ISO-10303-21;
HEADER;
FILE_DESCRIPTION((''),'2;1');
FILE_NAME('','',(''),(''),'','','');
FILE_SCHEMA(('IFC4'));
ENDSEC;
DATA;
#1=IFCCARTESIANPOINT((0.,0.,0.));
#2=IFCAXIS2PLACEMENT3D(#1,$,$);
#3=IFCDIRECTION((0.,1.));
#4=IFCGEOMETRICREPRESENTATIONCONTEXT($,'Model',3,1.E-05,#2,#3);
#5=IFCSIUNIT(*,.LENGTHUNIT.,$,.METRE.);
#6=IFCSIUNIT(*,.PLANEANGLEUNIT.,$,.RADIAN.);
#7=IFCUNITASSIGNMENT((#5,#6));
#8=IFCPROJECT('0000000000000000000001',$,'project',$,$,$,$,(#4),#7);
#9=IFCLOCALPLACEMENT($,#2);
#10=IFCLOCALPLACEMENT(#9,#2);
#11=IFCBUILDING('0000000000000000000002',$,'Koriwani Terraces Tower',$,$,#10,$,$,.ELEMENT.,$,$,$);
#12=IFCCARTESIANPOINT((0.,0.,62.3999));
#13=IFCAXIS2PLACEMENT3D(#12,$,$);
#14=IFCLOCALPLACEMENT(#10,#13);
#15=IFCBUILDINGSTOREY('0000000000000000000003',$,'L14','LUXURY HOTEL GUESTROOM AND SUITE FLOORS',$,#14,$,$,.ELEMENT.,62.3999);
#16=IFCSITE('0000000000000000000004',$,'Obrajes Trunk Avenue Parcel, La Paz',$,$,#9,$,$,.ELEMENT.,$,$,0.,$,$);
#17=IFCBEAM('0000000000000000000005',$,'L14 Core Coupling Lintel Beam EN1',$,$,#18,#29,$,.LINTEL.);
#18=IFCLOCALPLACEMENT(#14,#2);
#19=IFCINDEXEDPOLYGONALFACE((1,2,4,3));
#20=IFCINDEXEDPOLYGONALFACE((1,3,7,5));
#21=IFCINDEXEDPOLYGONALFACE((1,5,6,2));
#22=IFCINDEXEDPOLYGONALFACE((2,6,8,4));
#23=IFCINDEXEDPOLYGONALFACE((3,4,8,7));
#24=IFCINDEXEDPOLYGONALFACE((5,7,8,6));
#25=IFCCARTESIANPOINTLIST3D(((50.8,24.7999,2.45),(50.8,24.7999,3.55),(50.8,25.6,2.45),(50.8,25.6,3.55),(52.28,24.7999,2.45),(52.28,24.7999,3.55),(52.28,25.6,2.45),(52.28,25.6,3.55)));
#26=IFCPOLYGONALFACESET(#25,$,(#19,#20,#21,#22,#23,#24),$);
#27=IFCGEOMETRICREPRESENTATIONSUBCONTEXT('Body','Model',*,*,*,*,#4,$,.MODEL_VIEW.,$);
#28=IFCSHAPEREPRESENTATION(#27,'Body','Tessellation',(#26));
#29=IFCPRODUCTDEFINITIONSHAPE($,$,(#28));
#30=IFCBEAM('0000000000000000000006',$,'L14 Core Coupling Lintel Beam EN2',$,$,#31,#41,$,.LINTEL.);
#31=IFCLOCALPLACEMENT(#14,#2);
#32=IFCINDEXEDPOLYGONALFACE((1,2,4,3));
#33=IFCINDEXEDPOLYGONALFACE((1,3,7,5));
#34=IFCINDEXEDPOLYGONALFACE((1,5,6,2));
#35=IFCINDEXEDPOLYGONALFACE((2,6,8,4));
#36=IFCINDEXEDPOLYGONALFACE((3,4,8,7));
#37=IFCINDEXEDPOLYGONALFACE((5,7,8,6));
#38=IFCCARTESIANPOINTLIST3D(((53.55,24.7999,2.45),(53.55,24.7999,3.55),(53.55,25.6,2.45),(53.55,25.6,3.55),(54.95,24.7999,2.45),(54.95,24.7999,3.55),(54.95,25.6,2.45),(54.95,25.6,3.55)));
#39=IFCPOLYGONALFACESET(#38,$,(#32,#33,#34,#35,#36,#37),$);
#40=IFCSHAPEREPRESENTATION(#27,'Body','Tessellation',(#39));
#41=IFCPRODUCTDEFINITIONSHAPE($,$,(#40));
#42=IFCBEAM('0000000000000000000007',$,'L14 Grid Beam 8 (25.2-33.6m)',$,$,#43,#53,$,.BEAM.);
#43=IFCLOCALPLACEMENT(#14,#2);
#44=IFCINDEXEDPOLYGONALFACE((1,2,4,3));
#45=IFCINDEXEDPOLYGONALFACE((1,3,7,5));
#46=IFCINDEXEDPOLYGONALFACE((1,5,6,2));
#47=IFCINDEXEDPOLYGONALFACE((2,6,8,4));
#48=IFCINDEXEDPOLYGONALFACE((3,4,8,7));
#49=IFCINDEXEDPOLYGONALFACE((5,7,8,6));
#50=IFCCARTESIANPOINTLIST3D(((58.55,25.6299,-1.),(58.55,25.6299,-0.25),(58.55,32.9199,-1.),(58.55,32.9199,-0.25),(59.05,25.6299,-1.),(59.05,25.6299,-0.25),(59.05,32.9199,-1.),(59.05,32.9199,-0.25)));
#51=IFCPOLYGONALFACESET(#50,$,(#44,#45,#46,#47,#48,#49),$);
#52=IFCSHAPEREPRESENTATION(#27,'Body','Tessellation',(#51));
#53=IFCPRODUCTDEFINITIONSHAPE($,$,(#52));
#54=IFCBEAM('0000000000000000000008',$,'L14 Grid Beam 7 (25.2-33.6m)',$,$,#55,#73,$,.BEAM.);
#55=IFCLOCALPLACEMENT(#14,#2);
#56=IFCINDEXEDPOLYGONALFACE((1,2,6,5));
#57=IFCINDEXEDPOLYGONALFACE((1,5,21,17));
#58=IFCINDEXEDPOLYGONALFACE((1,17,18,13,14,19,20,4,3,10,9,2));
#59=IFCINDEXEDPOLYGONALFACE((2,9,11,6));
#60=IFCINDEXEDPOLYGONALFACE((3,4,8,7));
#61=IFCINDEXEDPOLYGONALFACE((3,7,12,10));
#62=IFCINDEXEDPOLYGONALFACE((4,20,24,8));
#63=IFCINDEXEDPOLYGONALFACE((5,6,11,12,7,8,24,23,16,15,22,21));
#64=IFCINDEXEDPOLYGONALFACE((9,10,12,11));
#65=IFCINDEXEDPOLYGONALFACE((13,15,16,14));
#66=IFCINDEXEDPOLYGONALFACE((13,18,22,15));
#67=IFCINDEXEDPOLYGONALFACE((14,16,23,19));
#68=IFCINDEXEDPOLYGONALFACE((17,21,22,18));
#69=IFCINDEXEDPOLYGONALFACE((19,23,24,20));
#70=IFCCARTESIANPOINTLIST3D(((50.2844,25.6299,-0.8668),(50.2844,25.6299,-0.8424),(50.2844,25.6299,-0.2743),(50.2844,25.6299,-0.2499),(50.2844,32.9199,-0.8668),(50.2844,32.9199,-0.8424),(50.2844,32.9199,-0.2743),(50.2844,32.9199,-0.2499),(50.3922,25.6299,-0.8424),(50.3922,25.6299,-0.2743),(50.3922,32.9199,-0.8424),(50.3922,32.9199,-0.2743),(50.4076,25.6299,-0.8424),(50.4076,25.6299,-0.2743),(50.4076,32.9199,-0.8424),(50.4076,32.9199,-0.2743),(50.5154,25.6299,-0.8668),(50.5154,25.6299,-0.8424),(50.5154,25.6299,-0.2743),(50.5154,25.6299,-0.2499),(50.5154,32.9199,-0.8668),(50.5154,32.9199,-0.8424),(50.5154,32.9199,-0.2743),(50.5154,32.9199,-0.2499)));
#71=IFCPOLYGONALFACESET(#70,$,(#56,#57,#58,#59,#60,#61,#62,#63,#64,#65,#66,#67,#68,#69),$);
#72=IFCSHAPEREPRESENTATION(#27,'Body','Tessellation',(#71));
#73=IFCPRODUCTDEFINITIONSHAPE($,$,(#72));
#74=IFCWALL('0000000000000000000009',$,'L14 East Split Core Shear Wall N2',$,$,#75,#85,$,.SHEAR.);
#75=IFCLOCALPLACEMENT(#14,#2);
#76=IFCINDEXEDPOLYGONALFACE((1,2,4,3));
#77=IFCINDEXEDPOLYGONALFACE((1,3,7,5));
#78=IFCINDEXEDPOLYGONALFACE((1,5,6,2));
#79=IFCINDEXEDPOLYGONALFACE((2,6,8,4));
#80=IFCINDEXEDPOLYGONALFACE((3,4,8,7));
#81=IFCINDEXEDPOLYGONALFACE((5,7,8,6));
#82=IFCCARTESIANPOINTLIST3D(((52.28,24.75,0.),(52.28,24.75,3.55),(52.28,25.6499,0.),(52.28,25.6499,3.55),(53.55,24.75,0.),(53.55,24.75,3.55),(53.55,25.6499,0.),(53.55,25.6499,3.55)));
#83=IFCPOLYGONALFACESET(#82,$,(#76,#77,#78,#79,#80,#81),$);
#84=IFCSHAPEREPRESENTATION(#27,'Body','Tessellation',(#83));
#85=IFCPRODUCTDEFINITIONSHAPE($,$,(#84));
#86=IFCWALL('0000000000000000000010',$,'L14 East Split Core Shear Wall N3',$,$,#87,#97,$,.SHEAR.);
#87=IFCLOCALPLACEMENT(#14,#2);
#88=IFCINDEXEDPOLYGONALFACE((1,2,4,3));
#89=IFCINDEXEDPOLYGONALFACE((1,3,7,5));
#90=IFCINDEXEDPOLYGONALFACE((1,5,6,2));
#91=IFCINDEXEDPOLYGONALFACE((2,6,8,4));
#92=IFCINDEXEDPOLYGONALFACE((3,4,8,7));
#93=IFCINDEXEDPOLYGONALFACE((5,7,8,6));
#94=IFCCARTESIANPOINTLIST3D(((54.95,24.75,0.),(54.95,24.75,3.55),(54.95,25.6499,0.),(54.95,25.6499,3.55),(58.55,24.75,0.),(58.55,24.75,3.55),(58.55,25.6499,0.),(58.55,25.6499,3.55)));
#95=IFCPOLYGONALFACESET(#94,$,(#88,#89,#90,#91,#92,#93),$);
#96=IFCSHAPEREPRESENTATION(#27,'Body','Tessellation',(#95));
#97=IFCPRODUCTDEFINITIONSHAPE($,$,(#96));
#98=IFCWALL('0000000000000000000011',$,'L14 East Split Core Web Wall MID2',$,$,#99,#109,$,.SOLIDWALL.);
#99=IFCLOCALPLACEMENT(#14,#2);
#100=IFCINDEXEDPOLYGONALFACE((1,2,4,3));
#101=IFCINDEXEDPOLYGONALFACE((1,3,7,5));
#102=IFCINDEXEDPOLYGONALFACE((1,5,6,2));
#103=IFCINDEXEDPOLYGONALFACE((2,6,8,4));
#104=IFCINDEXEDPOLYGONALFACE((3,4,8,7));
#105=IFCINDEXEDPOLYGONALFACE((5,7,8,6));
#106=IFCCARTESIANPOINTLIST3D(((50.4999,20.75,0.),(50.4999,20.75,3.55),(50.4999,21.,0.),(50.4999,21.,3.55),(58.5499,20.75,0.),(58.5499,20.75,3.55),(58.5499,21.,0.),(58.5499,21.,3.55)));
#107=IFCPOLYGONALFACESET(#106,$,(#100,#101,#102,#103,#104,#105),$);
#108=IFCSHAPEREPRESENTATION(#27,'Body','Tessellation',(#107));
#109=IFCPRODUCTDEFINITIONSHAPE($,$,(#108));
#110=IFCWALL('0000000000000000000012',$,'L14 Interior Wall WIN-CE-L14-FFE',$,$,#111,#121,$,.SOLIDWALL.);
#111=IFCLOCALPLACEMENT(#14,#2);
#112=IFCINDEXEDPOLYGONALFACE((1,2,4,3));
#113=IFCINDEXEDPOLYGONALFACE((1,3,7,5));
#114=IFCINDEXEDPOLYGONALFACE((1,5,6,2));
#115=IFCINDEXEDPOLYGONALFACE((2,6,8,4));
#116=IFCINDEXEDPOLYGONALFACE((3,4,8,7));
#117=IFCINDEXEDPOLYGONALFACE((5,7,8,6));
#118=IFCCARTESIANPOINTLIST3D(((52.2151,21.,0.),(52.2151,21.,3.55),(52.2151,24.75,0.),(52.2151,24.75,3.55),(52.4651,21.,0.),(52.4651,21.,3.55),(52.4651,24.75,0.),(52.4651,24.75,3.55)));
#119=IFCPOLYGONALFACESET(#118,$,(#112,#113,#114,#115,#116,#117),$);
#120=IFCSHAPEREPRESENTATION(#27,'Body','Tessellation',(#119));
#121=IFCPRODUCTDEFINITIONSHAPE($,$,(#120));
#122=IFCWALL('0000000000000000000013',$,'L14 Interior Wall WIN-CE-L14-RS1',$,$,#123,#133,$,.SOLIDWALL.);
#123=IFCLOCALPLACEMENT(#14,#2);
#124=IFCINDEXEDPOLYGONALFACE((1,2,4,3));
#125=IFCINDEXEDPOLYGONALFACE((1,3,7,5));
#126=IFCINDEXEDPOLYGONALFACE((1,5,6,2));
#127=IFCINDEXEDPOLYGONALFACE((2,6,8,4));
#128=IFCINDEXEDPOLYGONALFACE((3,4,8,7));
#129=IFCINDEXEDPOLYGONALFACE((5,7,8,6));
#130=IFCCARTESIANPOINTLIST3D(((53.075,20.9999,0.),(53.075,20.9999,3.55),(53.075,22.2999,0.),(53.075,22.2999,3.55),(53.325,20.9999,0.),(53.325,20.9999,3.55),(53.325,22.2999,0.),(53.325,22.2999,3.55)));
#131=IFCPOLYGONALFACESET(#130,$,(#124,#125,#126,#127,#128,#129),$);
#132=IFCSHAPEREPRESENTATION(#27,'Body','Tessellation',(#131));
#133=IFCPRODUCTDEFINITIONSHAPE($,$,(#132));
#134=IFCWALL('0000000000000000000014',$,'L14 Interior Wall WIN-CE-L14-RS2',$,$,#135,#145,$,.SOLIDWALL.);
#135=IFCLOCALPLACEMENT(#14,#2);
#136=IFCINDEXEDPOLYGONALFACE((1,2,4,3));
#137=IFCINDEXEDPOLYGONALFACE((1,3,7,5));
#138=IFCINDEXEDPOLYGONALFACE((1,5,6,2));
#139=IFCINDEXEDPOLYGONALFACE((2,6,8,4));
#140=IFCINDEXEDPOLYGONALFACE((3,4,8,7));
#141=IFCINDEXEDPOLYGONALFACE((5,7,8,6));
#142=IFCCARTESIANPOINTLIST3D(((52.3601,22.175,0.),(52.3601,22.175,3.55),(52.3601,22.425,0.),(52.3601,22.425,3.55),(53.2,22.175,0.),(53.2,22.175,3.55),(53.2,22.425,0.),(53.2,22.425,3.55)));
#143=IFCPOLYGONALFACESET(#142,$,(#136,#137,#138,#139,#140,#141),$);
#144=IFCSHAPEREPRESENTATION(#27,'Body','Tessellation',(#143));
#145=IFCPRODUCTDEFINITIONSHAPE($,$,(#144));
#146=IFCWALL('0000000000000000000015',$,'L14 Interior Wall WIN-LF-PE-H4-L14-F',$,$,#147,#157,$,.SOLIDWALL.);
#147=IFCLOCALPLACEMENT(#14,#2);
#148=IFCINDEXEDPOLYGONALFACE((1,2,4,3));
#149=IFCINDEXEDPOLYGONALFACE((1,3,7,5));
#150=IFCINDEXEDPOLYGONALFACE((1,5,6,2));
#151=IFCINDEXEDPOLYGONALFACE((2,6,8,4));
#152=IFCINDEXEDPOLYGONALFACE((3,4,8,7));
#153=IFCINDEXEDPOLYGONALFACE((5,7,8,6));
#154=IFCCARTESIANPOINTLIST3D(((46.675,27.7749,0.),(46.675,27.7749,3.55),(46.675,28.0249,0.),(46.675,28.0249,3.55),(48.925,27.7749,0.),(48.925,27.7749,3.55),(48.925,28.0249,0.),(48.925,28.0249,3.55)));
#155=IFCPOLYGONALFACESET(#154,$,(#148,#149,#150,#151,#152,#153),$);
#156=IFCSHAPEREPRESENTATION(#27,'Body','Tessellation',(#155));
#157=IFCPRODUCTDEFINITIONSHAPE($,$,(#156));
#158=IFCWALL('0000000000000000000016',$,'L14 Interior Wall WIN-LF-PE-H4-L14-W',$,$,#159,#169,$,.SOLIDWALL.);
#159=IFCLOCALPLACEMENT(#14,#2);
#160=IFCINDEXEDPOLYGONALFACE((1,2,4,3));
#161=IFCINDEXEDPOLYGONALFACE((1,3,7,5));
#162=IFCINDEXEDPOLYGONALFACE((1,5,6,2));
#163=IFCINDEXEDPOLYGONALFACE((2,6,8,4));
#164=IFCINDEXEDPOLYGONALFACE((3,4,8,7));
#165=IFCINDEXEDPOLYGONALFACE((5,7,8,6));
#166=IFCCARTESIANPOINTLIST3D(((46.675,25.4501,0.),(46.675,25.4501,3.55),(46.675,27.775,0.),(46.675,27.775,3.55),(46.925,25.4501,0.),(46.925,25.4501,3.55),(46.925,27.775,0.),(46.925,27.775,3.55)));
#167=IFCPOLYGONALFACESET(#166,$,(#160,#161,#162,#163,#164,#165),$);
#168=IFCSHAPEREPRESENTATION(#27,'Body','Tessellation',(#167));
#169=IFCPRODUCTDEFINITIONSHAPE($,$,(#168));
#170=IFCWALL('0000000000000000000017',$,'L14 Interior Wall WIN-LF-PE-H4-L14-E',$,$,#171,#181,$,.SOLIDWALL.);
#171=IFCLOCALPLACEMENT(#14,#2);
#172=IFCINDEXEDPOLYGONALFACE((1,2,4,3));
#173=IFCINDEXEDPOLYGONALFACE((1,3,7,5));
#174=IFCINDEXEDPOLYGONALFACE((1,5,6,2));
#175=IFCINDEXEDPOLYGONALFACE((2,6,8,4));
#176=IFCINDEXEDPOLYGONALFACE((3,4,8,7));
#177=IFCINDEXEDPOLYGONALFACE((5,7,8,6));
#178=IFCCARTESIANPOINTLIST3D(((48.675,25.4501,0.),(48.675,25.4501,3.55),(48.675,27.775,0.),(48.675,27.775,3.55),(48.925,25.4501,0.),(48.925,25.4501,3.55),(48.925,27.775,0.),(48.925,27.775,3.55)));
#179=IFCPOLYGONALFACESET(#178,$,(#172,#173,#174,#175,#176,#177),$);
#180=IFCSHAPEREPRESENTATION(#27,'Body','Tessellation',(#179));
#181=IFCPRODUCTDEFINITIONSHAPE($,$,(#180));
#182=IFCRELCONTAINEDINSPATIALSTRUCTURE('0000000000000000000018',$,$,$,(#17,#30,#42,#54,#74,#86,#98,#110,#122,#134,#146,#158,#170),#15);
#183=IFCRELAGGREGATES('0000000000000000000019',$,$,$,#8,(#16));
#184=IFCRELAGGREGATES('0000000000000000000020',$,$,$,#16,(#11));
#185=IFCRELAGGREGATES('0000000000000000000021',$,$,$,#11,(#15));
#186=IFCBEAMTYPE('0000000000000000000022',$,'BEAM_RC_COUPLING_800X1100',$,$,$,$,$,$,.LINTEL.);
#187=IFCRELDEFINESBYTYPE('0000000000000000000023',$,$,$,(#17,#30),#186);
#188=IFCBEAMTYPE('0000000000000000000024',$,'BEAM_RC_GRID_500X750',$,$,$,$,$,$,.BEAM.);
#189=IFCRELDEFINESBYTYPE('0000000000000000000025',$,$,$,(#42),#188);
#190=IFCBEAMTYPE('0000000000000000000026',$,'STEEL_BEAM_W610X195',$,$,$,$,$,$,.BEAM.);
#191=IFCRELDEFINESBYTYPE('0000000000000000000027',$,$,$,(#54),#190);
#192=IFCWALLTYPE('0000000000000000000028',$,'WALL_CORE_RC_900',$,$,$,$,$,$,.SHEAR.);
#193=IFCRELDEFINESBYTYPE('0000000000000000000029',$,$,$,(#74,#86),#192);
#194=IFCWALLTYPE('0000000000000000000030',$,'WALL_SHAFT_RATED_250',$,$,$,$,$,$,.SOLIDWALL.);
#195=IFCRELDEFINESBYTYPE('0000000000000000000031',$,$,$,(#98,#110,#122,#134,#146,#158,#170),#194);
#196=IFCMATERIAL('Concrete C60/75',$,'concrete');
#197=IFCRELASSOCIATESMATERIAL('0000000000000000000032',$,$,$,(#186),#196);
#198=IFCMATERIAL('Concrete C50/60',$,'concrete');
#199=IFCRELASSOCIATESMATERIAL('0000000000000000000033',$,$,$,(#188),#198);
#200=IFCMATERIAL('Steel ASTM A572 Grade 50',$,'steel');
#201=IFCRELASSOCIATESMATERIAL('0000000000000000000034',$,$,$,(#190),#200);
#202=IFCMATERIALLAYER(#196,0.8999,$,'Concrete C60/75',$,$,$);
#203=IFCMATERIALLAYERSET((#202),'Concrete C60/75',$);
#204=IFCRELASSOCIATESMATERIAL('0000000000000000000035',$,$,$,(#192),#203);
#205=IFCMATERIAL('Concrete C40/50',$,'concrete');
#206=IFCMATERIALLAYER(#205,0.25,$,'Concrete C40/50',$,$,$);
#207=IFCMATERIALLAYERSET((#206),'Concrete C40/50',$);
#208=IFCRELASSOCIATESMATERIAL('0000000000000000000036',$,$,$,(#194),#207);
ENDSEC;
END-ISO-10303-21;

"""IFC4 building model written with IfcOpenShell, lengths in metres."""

from ifc_helpers import new_model, si_unit, direction, frame, frame_2d, origin, origin_2d, place, context, subcontext, project, spatial, rectangle, i_section, extrude, material, layer, layer_set, material_profile, profile_set, type_object, element, save


model = new_model("IFC4")

# Units and contexts
model_context = context("Model", 3, precision=1e-05, world=origin(), true_north=direction((0.0, 1.0)))
body_context = subcontext(model_context, "Body", "Model", "MODEL_VIEW")
ifc_project = project(units=[si_unit("LENGTHUNIT", "METRE"), si_unit("PLANEANGLEUNIT", "RADIAN")], contexts=[model_context])

# Site, building, storey
site_placement = place(None, origin())
site = spatial("IfcSite", under=ifc_project, at=site_placement, Name="Obrajes Trunk Avenue Parcel, La Paz", CompositionType="ELEMENT", RefElevation=0.0)
building_placement = place(site_placement, origin())
building = spatial("IfcBuilding", under=site, at=building_placement, Name="Koriwani Terraces Tower", CompositionType="ELEMENT")
storey_placement = place(building_placement, frame((0.0, 0.0, 62.3999)))
storey = spatial("IfcBuildingStorey", under=building, at=storey_placement, Name="L14", Description="LUXURY HOTEL GUESTROOM AND SUITE FLOORS", CompositionType="ELEMENT", Elevation=62.3999)

# Beams
ifc_material_1 = material(Name="Concrete C60/75", Category="concrete")
ifc_material_profile_1 = material_profile(ifc_material_1, rectangle(XDim=0.8, YDim=1.1001, at=origin_2d()), Name="Concrete C60/75", Category="LoadBearing")
ifc_profile_set_1 = profile_set([ifc_material_profile_1], Name="Concrete C60/75")
beam_type_1 = type_object("IfcBeamType", Name="BEAM_RC_COUPLING_800X1100", PredefinedType="LINTEL", material=ifc_profile_set_1)
beam_1_placement = place(storey_placement, frame((50.8, 25.2, 3.0), z_axis=(1.0, 0.0, 0.0), x_axis=(0.0, 1.0, 0.0)))
element("IfcBeam", 1, at=beam_1_placement, inside=storey, type_object=beam_type_1, Name="L14 Core Coupling Lintel Beam EN1", PredefinedType="LINTEL", context=body_context, shape_type="SweptSolid", body=[
    extrude(rectangle(XDim=0.8, YDim=1.1001, at=origin_2d()), origin(), (0.0, 0.0, 1.0), 1.48),
])
beam_2_placement = place(storey_placement, frame((53.55, 25.2, 3.0), z_axis=(1.0, 0.0, 0.0), x_axis=(0.0, 1.0, 0.0)))
element("IfcBeam", 2, at=beam_2_placement, inside=storey, type_object=beam_type_1, Name="L14 Core Coupling Lintel Beam EN2", PredefinedType="LINTEL", context=body_context, shape_type="SweptSolid", body=[
    extrude(rectangle(XDim=0.8, YDim=1.1001, at=origin_2d()), origin(), (0.0, 0.0, 1.0), 1.3999),
])
ifc_material_2 = material(Name="Concrete C50/60", Category="concrete")
ifc_material_profile_2 = material_profile(ifc_material_2, rectangle(XDim=0.5, YDim=0.75, at=origin_2d()), Name="Concrete C50/60", Category="LoadBearing")
ifc_profile_set_2 = profile_set([ifc_material_profile_2], Name="Concrete C50/60")
beam_type_2 = type_object("IfcBeamType", Name="BEAM_RC_GRID_500X750", PredefinedType="BEAM", material=ifc_profile_set_2)
beam_3_placement = place(storey_placement, frame((58.8, 25.6299, -0.625), z_axis=(0.0, 1.0, 0.0), x_axis=(-1.0, 0.0, 0.0)))
element("IfcBeam", 3, at=beam_3_placement, inside=storey, type_object=beam_type_2, Name="L14 Grid Beam 8 (25.2-33.6m)", PredefinedType="BEAM", context=body_context, shape_type="SweptSolid", body=[
    extrude(rectangle(XDim=0.5, YDim=0.75, at=origin_2d()), origin(), (0.0, 0.0, 1.0), 7.29),
])
ifc_material_3 = material(Name="Steel ASTM A572 Grade 50", Category="steel")
ifc_material_profile_3 = material_profile(ifc_material_3, i_section(OverallWidth=0.231, OverallDepth=0.6169, WebThickness=0.0154, FlangeThickness=0.0244, at=origin_2d()), Name="Steel ASTM A572 Grade 50", Category="LoadBearing")
ifc_profile_set_3 = profile_set([ifc_material_profile_3], Name="Steel ASTM A572 Grade 50")
beam_type_3 = type_object("IfcBeamType", Name="STEEL_BEAM_W610X195", PredefinedType="BEAM", material=ifc_profile_set_3)
beam_4_placement = place(storey_placement, frame((50.3999, 25.6299, -0.5583), z_axis=(0.0, 1.0, 0.0), x_axis=(-1.0, 0.0, 0.0)))
element("IfcBeam", 4, at=beam_4_placement, inside=storey, type_object=beam_type_3, Name="L14 Grid Beam 7 (25.2-33.6m)", PredefinedType="BEAM", context=body_context, shape_type="SweptSolid", body=[
    extrude(i_section(OverallWidth=0.231, OverallDepth=0.6169, WebThickness=0.0154, FlangeThickness=0.0244, at=origin_2d()), origin(), (0.0, 0.0, 1.0), 7.29),
])

# Walls
ifc_layer_1 = layer(ifc_material_1, 0.8999, Name="Concrete C60/75")
ifc_layer_set_1 = layer_set([ifc_layer_1], Name="Concrete C60/75")
wall_type_1 = type_object("IfcWallType", Name="WALL_CORE_RC_900", PredefinedType="SHEAR", material=ifc_layer_set_1)
wall_1_placement = place(storey_placement, frame((52.28, 25.2, 0.0), z_axis=(0.0, 0.0, 1.0), x_axis=(1.0, 0.0, 0.0)))
element("IfcWall", 5, at=wall_1_placement, inside=storey, type_object=wall_type_1, Name="L14 East Split Core Shear Wall N2", PredefinedType="SHEAR", context=body_context, shape_type="SweptSolid", body=[
    extrude(rectangle(XDim=1.27, YDim=0.8999, at=frame_2d((0.635, 0.0))), origin(), (0.0, 0.0, 1.0), 3.55),
])
wall_2_placement = place(storey_placement, frame((54.95, 25.2, 0.0), z_axis=(0.0, 0.0, 1.0), x_axis=(1.0, 0.0, 0.0)))
element("IfcWall", 6, at=wall_2_placement, inside=storey, type_object=wall_type_1, Name="L14 East Split Core Shear Wall N3", PredefinedType="SHEAR", context=body_context, shape_type="SweptSolid", body=[
    extrude(rectangle(XDim=3.6001, YDim=0.8999, at=frame_2d((1.8, 0.0))), origin(), (0.0, 0.0, 1.0), 3.55),
])
ifc_material_4 = material(Name="Concrete C40/50", Category="concrete")
ifc_layer_2 = layer(ifc_material_4, 0.25, Name="Concrete C40/50")
ifc_layer_set_2 = layer_set([ifc_layer_2], Name="Concrete C40/50")
wall_type_2 = type_object("IfcWallType", Name="WALL_SHAFT_RATED_250", PredefinedType="SOLIDWALL", material=ifc_layer_set_2)
wall_3_placement = place(storey_placement, frame((50.5, 20.875, 0.0), z_axis=(0.0, 0.0, 1.0), x_axis=(1.0, 0.0, 0.0)))
element("IfcWall", 7, at=wall_3_placement, inside=storey, type_object=wall_type_2, Name="L14 East Split Core Web Wall MID2", PredefinedType="SOLIDWALL", context=body_context, shape_type="SweptSolid", body=[
    extrude(rectangle(XDim=8.05, YDim=0.25, at=frame_2d((4.0249, 0.0))), origin(), (0.0, 0.0, 1.0), 3.55),
])

# Wall
wall_4_placement = place(storey_placement, frame((52.3401, 21.0, 0.0), z_axis=(0.0, 0.0, 1.0), x_axis=(0.0, 1.0, 0.0)))
element("IfcWall", 8, at=wall_4_placement, inside=storey, type_object=wall_type_2, Name="L14 Interior Wall WIN-CE-L14-FFE", PredefinedType="SOLIDWALL", context=body_context, shape_type="SweptSolid", body=[
    extrude(rectangle(XDim=3.75, YDim=0.25, at=frame_2d((1.875, 0.0))), origin(), (0.0, 0.0, 1.0), 3.55),
])

# Walls
wall_5_placement = place(storey_placement, frame((53.2, 21.0, 0.0), z_axis=(0.0, 0.0, 1.0), x_axis=(0.0, 1.0, 0.0)))
element("IfcWall", 9, at=wall_5_placement, inside=storey, type_object=wall_type_2, Name="L14 Interior Wall WIN-CE-L14-RS1", PredefinedType="SOLIDWALL", context=body_context, shape_type="SweptSolid", body=[
    extrude(rectangle(XDim=1.3, YDim=0.25, at=frame_2d((0.6499, 0.0))), origin(), (0.0, 0.0, 1.0), 3.55),
])
wall_6_placement = place(storey_placement, frame((52.3601, 22.3, 0.0), z_axis=(0.0, 0.0, 1.0), x_axis=(1.0, 0.0, 0.0)))
element("IfcWall", 10, at=wall_6_placement, inside=storey, type_object=wall_type_2, Name="L14 Interior Wall WIN-CE-L14-RS2", PredefinedType="SOLIDWALL", context=body_context, shape_type="SweptSolid", body=[
    extrude(rectangle(XDim=0.8398, YDim=0.25, at=frame_2d((0.4199, 0.0))), origin(), (0.0, 0.0, 1.0), 3.55),
])
wall_7_placement = place(storey_placement, frame((46.675, 27.8999, 0.0), z_axis=(0.0, 0.0, 1.0), x_axis=(1.0, 0.0, 0.0)))
element("IfcWall", 11, at=wall_7_placement, inside=storey, type_object=wall_type_2, Name="L14 Interior Wall WIN-LF-PE-H4-L14-F", PredefinedType="SOLIDWALL", context=body_context, shape_type="SweptSolid", body=[
    extrude(rectangle(XDim=2.25, YDim=0.25, at=frame_2d((1.125, 0.0))), origin(), (0.0, 0.0, 1.0), 3.55),
])
for number, where, z_axis, x_axis, name in (
    (12, (46.8, 25.45, 0.0), (0.0, 0.0, 1.0), (0.0, 1.0, 0.0), "L14 Interior Wall WIN-LF-PE-H4-L14-W"),
    (13, (48.8, 25.45, 0.0), (0.0, 0.0, 1.0), (0.0, 1.0, 0.0), "L14 Interior Wall WIN-LF-PE-H4-L14-E"),
):
    element("IfcWall", number, at=place(storey_placement, frame(where, z_axis=z_axis, x_axis=x_axis)), inside=storey, type_object=wall_type_2, Name=name, PredefinedType="SOLIDWALL", context=body_context, shape_type="SweptSolid", body=[
        extrude(rectangle(XDim=2.325, YDim=0.25, at=frame_2d((1.1626, 0.0))), origin(), (0.0, 0.0, 1.0), 3.55),
    ])

save(model, "model.ifc")
